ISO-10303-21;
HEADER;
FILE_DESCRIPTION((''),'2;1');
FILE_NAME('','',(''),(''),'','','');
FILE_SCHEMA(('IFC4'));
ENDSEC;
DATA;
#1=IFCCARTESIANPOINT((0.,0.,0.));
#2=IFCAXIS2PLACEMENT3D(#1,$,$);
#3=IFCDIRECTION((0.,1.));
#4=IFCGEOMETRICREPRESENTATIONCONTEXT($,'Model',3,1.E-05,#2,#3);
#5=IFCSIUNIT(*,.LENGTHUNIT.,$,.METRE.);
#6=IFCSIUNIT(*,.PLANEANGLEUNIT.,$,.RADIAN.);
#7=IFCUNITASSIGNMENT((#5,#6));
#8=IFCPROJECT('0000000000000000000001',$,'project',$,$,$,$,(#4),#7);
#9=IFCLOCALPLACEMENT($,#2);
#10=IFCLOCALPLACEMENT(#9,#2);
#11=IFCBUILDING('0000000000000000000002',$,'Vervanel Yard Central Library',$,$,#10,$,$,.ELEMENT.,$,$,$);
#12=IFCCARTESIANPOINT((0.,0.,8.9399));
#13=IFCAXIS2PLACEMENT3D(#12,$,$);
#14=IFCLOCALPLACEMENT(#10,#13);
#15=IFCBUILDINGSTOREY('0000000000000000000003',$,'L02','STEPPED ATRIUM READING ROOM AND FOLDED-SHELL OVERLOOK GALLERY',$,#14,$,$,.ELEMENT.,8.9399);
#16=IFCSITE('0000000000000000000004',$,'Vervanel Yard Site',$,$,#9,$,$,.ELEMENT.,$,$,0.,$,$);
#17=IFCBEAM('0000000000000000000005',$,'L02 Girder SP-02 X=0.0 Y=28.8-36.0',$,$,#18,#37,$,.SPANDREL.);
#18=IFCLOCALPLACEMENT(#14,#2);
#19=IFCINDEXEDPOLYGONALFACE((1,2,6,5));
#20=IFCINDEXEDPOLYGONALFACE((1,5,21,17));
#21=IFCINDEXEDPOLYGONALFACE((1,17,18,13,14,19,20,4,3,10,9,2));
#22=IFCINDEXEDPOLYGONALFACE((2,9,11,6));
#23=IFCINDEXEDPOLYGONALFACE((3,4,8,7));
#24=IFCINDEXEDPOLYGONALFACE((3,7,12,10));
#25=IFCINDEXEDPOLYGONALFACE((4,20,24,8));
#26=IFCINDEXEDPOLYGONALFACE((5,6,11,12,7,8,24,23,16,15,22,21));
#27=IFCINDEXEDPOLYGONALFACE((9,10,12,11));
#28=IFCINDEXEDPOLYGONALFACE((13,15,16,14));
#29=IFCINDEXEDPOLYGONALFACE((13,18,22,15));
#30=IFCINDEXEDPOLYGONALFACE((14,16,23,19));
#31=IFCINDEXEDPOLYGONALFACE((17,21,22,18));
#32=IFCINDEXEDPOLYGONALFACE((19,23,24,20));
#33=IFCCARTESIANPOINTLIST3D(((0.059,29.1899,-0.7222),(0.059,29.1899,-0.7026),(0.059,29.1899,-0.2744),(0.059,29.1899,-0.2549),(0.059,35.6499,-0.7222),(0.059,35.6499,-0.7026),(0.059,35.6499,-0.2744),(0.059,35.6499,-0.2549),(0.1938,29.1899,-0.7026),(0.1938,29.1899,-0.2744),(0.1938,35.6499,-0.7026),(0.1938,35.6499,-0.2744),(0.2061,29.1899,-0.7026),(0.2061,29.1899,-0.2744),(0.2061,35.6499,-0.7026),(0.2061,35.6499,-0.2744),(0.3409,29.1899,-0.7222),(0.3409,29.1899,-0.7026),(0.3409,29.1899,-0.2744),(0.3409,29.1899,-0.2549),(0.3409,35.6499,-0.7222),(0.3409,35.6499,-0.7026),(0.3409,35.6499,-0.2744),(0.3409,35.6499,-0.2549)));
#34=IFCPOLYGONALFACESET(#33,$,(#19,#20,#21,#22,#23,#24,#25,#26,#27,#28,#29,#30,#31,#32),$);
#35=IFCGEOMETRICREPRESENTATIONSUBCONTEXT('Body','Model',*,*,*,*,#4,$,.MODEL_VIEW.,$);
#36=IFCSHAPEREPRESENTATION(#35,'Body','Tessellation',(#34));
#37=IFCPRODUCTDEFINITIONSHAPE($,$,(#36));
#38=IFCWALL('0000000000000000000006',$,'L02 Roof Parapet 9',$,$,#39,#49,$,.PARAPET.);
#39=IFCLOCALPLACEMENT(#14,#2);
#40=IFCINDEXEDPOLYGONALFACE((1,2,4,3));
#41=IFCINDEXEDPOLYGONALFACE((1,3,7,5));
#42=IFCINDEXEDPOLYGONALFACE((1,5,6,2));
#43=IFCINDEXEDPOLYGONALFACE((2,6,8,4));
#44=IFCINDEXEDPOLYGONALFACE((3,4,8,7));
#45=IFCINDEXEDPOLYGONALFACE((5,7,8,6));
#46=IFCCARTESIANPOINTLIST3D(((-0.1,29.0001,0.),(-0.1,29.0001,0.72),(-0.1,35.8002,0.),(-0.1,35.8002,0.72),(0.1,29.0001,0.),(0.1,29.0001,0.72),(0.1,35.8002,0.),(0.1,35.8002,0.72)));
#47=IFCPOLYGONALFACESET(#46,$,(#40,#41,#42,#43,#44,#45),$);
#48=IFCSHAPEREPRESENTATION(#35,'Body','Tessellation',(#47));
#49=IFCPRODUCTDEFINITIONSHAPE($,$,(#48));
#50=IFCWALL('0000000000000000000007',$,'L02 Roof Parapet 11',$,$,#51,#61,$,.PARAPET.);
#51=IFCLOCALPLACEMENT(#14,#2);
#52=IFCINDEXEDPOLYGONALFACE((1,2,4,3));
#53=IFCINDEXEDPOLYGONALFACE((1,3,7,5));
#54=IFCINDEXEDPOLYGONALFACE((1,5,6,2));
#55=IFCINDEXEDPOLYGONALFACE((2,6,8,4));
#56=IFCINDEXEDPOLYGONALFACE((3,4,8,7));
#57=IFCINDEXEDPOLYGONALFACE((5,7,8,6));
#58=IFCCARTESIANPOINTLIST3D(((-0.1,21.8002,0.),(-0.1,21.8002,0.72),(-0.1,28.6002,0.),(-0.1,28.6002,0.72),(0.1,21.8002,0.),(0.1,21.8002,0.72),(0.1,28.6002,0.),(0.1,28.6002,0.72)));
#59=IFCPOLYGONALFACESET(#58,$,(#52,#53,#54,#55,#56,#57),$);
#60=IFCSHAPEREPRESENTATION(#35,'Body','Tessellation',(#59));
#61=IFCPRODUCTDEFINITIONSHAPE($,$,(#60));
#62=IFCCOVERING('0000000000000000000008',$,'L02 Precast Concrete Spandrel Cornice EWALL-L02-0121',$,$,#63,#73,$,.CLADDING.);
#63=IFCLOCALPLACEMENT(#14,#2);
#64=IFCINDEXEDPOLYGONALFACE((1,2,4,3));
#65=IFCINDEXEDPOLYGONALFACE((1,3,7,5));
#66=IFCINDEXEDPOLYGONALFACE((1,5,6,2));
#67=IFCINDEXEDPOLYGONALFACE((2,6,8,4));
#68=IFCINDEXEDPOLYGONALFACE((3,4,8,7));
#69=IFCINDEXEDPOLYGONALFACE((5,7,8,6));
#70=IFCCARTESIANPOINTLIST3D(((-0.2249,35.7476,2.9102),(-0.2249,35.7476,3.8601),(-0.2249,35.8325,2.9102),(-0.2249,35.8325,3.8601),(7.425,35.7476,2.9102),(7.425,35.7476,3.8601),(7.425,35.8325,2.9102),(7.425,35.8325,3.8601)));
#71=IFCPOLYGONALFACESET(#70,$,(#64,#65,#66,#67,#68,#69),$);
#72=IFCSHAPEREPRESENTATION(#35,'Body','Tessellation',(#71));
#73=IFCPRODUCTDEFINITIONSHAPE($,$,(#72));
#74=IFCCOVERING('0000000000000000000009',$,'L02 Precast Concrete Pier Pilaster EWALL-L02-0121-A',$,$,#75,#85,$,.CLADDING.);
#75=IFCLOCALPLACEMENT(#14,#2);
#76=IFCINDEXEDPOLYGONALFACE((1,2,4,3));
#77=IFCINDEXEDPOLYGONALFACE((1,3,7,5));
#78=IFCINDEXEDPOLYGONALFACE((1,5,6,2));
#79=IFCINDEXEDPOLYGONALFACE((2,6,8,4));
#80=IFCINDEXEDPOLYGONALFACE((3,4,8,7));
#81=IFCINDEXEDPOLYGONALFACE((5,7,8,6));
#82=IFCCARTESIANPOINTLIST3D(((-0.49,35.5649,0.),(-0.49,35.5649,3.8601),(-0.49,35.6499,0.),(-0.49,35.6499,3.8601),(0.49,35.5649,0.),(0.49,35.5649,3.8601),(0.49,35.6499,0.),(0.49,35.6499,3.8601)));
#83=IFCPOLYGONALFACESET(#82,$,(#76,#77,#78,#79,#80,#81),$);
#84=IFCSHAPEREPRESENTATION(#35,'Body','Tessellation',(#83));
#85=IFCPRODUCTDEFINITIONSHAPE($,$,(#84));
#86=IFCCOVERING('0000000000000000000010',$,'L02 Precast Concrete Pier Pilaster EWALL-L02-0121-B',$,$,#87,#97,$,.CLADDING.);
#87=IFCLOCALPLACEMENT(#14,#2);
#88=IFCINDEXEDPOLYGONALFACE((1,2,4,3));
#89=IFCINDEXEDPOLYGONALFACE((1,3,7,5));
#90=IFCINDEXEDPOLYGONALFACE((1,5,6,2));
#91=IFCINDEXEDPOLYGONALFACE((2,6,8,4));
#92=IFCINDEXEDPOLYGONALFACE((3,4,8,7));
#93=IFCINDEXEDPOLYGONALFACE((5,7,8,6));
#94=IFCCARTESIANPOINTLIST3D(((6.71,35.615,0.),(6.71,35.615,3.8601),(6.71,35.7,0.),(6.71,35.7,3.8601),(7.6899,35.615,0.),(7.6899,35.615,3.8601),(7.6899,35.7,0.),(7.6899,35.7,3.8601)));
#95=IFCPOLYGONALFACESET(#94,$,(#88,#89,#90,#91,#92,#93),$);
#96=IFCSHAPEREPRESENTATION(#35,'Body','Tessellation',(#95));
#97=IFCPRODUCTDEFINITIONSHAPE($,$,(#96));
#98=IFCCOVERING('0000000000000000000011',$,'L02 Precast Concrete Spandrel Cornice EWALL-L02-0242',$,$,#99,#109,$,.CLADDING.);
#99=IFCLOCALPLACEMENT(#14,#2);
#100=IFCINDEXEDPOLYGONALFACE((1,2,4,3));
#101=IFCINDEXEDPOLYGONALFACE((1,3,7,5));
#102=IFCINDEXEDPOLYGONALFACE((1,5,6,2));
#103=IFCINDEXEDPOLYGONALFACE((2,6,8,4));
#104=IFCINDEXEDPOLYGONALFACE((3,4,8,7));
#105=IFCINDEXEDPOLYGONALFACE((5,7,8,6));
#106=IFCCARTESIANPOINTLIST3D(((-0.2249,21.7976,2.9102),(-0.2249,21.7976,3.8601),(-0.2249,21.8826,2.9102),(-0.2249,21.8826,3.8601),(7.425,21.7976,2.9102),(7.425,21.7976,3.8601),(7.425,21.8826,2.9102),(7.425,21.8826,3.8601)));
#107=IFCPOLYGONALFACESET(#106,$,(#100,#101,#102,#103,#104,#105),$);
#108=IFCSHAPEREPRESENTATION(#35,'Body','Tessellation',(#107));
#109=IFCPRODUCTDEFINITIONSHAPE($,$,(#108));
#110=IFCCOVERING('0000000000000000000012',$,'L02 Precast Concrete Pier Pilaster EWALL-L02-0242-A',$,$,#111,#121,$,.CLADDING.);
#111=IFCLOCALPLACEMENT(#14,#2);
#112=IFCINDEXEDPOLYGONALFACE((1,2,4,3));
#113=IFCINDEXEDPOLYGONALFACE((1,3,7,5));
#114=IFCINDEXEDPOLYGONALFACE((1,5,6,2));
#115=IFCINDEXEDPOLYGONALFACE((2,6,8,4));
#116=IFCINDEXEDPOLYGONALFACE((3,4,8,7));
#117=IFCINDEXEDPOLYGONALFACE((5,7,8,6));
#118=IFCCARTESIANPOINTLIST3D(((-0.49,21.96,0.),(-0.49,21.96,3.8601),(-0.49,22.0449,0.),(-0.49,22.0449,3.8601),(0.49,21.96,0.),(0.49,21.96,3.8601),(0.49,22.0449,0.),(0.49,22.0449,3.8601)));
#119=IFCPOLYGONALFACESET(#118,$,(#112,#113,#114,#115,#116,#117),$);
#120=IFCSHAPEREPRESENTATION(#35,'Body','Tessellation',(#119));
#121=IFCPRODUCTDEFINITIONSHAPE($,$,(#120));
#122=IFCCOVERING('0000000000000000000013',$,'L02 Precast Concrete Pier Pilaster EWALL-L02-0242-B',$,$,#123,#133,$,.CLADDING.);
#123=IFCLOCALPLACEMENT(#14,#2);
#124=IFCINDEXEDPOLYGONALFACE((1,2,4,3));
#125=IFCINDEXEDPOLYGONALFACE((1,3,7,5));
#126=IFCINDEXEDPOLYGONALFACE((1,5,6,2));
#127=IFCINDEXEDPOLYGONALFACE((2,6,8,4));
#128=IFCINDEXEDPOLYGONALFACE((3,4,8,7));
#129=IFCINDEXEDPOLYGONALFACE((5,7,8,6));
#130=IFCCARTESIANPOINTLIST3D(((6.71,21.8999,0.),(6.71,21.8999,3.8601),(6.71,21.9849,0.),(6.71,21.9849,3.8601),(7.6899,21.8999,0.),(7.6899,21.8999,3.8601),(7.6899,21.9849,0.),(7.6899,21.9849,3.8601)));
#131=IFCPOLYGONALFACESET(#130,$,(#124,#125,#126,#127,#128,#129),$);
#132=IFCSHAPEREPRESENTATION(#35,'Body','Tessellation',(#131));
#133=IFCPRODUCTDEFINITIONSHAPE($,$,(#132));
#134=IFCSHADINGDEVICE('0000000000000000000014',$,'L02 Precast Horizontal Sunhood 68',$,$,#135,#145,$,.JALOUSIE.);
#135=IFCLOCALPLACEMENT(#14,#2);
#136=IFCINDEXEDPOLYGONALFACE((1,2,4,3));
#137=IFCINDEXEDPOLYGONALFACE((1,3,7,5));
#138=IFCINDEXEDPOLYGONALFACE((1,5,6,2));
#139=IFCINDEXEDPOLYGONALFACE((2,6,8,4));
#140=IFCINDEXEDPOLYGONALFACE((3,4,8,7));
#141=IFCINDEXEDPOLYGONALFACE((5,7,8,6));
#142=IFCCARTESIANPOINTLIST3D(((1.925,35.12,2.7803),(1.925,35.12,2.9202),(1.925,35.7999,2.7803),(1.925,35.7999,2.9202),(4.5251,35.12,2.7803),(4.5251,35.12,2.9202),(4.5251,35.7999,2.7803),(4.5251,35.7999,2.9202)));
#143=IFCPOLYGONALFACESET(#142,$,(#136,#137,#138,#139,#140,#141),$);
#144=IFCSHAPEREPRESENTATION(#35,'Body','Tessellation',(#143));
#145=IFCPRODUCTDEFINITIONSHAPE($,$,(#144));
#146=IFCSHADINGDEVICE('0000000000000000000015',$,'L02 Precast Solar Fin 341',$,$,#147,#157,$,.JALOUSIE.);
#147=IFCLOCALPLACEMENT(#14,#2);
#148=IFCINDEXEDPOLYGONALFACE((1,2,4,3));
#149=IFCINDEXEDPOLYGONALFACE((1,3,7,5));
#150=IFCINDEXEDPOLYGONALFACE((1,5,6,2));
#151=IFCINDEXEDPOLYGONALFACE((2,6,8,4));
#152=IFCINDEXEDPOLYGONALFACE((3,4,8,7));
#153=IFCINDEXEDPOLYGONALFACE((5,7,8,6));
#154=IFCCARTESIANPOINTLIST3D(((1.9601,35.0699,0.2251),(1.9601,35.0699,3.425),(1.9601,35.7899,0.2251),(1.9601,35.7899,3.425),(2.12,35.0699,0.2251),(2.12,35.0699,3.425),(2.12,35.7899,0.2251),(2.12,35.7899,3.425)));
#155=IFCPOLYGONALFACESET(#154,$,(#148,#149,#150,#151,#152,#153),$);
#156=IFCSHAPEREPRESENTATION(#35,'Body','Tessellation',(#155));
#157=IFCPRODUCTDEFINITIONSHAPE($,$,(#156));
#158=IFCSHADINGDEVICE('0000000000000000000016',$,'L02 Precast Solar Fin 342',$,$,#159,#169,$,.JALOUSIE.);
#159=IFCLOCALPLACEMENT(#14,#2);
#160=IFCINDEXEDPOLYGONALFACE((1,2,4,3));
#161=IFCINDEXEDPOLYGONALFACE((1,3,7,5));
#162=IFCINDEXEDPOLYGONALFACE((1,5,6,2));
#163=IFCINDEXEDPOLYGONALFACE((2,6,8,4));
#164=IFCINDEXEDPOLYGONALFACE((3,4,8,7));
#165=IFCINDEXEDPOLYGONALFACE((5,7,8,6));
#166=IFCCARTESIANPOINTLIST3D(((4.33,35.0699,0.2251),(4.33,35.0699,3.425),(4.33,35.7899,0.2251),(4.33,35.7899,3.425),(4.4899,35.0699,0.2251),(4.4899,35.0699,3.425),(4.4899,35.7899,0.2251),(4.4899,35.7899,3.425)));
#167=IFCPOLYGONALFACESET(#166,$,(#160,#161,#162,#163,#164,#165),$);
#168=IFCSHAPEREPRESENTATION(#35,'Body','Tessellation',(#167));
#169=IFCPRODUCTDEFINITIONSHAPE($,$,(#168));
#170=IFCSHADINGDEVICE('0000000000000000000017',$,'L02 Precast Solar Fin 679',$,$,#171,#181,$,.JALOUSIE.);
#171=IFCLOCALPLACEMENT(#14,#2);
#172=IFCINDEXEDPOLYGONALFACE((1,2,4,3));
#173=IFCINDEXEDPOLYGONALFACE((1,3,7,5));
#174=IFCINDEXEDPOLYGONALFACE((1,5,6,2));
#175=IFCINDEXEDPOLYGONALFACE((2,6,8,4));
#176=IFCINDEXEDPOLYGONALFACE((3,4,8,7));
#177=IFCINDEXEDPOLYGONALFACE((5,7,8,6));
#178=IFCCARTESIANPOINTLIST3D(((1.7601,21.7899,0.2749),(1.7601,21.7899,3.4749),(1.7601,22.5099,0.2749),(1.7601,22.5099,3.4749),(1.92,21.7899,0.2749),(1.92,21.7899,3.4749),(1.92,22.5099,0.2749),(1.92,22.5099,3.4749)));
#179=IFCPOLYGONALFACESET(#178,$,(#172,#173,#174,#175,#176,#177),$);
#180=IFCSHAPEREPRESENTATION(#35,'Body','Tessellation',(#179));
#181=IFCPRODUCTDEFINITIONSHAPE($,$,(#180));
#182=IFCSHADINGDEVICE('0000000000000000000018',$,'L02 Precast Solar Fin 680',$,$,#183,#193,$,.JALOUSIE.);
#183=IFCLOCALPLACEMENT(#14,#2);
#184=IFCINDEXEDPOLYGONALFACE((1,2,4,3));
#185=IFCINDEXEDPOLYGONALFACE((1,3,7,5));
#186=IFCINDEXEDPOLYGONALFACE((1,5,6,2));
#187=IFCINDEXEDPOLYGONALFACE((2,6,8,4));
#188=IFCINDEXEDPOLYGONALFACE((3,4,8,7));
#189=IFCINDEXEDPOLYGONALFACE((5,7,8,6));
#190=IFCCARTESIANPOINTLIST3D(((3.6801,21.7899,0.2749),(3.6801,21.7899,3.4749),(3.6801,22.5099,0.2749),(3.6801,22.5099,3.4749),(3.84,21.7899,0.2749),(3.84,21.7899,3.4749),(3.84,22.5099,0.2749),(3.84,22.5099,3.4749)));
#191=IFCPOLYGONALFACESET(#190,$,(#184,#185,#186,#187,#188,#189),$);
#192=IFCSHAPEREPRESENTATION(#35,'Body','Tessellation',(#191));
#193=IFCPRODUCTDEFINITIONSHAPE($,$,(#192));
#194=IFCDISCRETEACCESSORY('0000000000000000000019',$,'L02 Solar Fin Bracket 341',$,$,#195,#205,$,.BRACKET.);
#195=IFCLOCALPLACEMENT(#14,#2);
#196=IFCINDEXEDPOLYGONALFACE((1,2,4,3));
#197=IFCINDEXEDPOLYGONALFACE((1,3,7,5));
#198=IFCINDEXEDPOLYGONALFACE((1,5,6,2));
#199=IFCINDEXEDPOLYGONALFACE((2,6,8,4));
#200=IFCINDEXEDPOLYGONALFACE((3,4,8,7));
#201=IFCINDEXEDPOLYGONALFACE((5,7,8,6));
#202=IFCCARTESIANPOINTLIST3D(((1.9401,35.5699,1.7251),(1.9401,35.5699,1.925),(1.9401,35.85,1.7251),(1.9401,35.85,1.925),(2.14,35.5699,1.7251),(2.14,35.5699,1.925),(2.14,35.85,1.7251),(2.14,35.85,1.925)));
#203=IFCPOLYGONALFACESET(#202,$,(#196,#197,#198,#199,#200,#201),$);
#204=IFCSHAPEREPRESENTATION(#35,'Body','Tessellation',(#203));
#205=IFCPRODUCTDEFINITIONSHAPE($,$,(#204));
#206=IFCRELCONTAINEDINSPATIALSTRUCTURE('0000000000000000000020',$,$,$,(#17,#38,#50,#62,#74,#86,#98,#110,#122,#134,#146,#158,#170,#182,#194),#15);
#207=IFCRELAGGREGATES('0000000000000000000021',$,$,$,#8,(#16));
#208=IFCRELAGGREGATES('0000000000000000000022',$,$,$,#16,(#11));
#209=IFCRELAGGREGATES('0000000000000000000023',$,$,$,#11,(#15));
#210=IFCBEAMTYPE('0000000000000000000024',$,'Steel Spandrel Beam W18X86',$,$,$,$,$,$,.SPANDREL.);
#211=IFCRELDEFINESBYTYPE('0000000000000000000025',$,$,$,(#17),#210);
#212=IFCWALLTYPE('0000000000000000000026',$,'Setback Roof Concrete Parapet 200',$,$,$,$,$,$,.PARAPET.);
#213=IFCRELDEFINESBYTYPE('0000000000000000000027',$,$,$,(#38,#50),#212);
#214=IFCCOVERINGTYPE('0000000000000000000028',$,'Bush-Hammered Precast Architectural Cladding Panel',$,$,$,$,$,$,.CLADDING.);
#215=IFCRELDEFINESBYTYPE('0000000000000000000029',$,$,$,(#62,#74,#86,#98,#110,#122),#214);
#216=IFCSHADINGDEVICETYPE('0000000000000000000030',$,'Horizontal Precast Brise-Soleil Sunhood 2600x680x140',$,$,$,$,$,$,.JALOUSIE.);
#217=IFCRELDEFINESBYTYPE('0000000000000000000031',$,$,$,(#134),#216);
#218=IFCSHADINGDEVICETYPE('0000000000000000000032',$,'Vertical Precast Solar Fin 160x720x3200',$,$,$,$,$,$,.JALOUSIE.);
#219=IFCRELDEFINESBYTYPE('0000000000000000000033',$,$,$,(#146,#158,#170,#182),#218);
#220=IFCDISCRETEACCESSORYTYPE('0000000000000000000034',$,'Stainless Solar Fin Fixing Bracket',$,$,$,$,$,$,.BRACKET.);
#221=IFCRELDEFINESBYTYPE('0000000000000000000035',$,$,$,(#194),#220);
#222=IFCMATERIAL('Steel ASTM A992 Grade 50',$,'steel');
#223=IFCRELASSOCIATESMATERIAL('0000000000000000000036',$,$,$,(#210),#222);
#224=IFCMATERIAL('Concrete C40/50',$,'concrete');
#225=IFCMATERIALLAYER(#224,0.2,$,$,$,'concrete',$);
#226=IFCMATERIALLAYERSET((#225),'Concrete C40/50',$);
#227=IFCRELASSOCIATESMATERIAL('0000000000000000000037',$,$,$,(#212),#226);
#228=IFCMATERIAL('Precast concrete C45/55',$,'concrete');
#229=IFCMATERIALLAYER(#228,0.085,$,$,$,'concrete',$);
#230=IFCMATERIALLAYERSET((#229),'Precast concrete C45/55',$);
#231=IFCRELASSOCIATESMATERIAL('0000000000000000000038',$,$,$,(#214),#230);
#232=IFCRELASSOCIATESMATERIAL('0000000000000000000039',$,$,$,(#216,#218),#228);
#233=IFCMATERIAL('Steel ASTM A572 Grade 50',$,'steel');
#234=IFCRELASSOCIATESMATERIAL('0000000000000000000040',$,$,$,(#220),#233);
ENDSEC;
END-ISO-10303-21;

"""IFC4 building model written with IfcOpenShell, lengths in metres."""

from ifc_helpers import new_model, si_unit, direction, frame, frame_2d, origin, origin_2d, place, context, subcontext, project, spatial, rectangle, i_section, extrude, material, layer, layer_set, material_profile, profile_set, type_object, element, save


model = new_model("IFC4")

# Units and contexts
model_context = context("Model", 3, precision=1e-05, world=origin(), true_north=direction((0.0, 1.0)))
body_context = subcontext(model_context, "Body", "Model", "MODEL_VIEW")
ifc_project = project(units=[si_unit("LENGTHUNIT", "METRE"), si_unit("PLANEANGLEUNIT", "RADIAN")], contexts=[model_context])

# Site, building, storey
site_placement = place(None, origin())
site = spatial("IfcSite", under=ifc_project, at=site_placement, Name="Vervanel Yard Site", CompositionType="ELEMENT", RefElevation=0.0)
building_placement = place(site_placement, origin())
building = spatial("IfcBuilding", under=site, at=building_placement, Name="Vervanel Yard Central Library", CompositionType="ELEMENT")
storey_placement = place(building_placement, frame((0.0, 0.0, 8.9399)))
storey = spatial("IfcBuildingStorey", under=building, at=storey_placement, Name="L02", Description="STEPPED ATRIUM READING ROOM AND FOLDED-SHELL OVERLOOK GALLERY", CompositionType="ELEMENT", Elevation=8.9399)

# Beam
ifc_material_1 = material(Name="Concrete C40/50", Category="concrete")
ifc_material_2 = material(Name="Steel ASTM A992 Grade 50", Category="steel")
ifc_material_profile_1 = material_profile(ifc_material_2, i_section(OverallWidth=0.282, OverallDepth=0.4673, WebThickness=0.0122, FlangeThickness=0.0195, at=origin_2d()), Name="W18X86", Category="steel")
ifc_profile_set_1 = profile_set([ifc_material_profile_1], Name="Steel ASTM A992 Grade 50")
beam_type_1 = type_object("IfcBeamType", Name="Steel Spandrel Beam W18X86", PredefinedType="SPANDREL", material=ifc_profile_set_1)
beam_1_placement = place(storey_placement, frame((0.2, 29.1899, -0.4885), z_axis=(0.0, 1.0, 0.0), x_axis=(-1.0, 0.0, 0.0)))
element("IfcBeam", 1, at=beam_1_placement, inside=storey, type_object=beam_type_1, Name="L02 Girder SP-02 X=0.0 Y=28.8-36.0", PredefinedType="SPANDREL", context=body_context, shape_type="SweptSolid", body=[
    extrude(i_section(OverallWidth=0.282, OverallDepth=0.4673, WebThickness=0.0122, FlangeThickness=0.0195, at=origin_2d()), origin(), (0.0, 0.0, 1.0), 6.46),
])

# Walls
ifc_layer_1 = layer(ifc_material_1, 0.2, Category="concrete")
ifc_layer_set_1 = layer_set([ifc_layer_1], Name="Concrete C40/50")
wall_type = type_object("IfcWallType", Name="Setback Roof Concrete Parapet 200", PredefinedType="PARAPET", material=ifc_layer_set_1)
for number, where, z_axis, x_axis, name in (
    (2, (0.0, 35.8, 0.0), (0.0, 0.0, 1.0), (0.0, -1.0, 0.0), "L02 Roof Parapet 9"),
    (3, (0.0, 28.6001, 0.0), (0.0, 0.0, 1.0), (0.0, -1.0, 0.0), "L02 Roof Parapet 11"),
):
    element("IfcWall", number, at=place(storey_placement, frame(where, z_axis=z_axis, x_axis=x_axis)), inside=storey, type_object=wall_type, Name=name, PredefinedType="PARAPET", context=body_context, shape_type="SweptSolid", body=[
        extrude(rectangle(XDim=6.8, YDim=0.2, at=frame_2d((3.3999, 0.0))), origin(), (0.0, 0.0, 1.0), 0.72),
    ])

# Coverings
ifc_material_3 = material(Name="Precast concrete C45/55", Category="concrete")
ifc_layer_2 = layer(ifc_material_3, 0.085, Category="concrete")
ifc_layer_set_2 = layer_set([ifc_layer_2], Name="Precast concrete C45/55")
covering_type = type_object("IfcCoveringType", Name="Bush-Hammered Precast Architectural Cladding Panel", PredefinedType="CLADDING", material=ifc_layer_set_2)
covering_1_placement = place(storey_placement, frame((3.6001, 35.79, 2.9102), z_axis=(0.0, 0.0, 1.0), x_axis=(1.0, 0.0, 0.0)))
element("IfcCovering", 4, at=covering_1_placement, inside=storey, type_object=covering_type, Name="L02 Precast Concrete Spandrel Cornice EWALL-L02-0121", PredefinedType="CLADDING", context=body_context, shape_type="SweptSolid", body=[
    extrude(rectangle(XDim=7.6499, YDim=0.085, at=origin_2d()), origin(), (0.0, 0.0, 1.0), 0.95),
])
for number, where, z_axis, x_axis, name in (
    (5, (0.0, 35.6074, 0.0), (0.0, 0.0, 1.0), (1.0, 0.0, 0.0), "L02 Precast Concrete Pier Pilaster EWALL-L02-0121-A"),
    (6, (7.2, 35.6575, 0.0), (0.0, 0.0, 1.0), (1.0, 0.0, 0.0), "L02 Precast Concrete Pier Pilaster EWALL-L02-0121-B"),
):
    element("IfcCovering", number, at=place(storey_placement, frame(where, z_axis=z_axis, x_axis=x_axis)), inside=storey, type_object=covering_type, Name=name, PredefinedType="CLADDING", context=body_context, shape_type="SweptSolid", body=[
        extrude(rectangle(XDim=0.98, YDim=0.085, at=origin_2d()), origin(), (0.0, 0.0, 1.0), 3.8601),
    ])
covering_2_placement = place(storey_placement, frame((3.6001, 21.8401, 2.9102), z_axis=(0.0, 0.0, 1.0), x_axis=(1.0, 0.0, 0.0)))
element("IfcCovering", 7, at=covering_2_placement, inside=storey, type_object=covering_type, Name="L02 Precast Concrete Spandrel Cornice EWALL-L02-0242", PredefinedType="CLADDING", context=body_context, shape_type="SweptSolid", body=[
    extrude(rectangle(XDim=7.6499, YDim=0.085, at=origin_2d()), origin(), (0.0, 0.0, 1.0), 0.95),
])
for number, where, z_axis, x_axis, name in (
    (8, (0.0, 22.0024, 0.0), (0.0, 0.0, 1.0), (1.0, 0.0, 0.0), "L02 Precast Concrete Pier Pilaster EWALL-L02-0242-A"),
    (9, (7.2, 21.9424, 0.0), (0.0, 0.0, 1.0), (1.0, 0.0, 0.0), "L02 Precast Concrete Pier Pilaster EWALL-L02-0242-B"),
):
    element("IfcCovering", number, at=place(storey_placement, frame(where, z_axis=z_axis, x_axis=x_axis)), inside=storey, type_object=covering_type, Name=name, PredefinedType="CLADDING", context=body_context, shape_type="SweptSolid", body=[
        extrude(rectangle(XDim=0.98, YDim=0.085, at=origin_2d()), origin(), (0.0, 0.0, 1.0), 3.8601),
    ])

# Shading devices
shading_device_type_1 = type_object("IfcShadingDeviceType", Name="Horizontal Precast Brise-Soleil Sunhood 2600x680x140", PredefinedType="JALOUSIE", material=ifc_material_3)
shading_device_placement = place(storey_placement, frame((3.2251, 35.46, 2.7803), z_axis=(0.0, 0.0, 1.0), x_axis=(1.0, 0.0, 0.0)))
element("IfcShadingDevice", 10, at=shading_device_placement, inside=storey, type_object=shading_device_type_1, Name="L02 Precast Horizontal Sunhood 68", PredefinedType="JALOUSIE", context=body_context, shape_type="SweptSolid", body=[
    extrude(rectangle(XDim=2.6001, YDim=0.6799, at=origin_2d()), origin(), (0.0, 0.0, 1.0), 0.1399),
])
shading_device_type_2 = type_object("IfcShadingDeviceType", Name="Vertical Precast Solar Fin 160x720x3200", PredefinedType="JALOUSIE", material=ifc_material_3)
for number, where, z_axis, x_axis, name in (
    (11, (2.04, 35.4299, 0.2251), (0.0, 0.0, 1.0), (1.0, 0.0, 0.0), "L02 Precast Solar Fin 341"),
    (12, (4.4099, 35.4299, 0.2251), (0.0, 0.0, 1.0), (1.0, 0.0, 0.0), "L02 Precast Solar Fin 342"),
    (13, (1.8401, 22.1499, 0.2749), (0.0, 0.0, 1.0), (1.0, 0.0, 0.0), "L02 Precast Solar Fin 679"),
    (14, (3.76, 22.1499, 0.2749), (0.0, 0.0, 1.0), (1.0, 0.0, 0.0), "L02 Precast Solar Fin 680"),
):
    element("IfcShadingDevice", number, at=place(storey_placement, frame(where, z_axis=z_axis, x_axis=x_axis)), inside=storey, type_object=shading_device_type_2, Name=name, PredefinedType="JALOUSIE", context=body_context, shape_type="SweptSolid", body=[
        extrude(rectangle(XDim=0.1599, YDim=0.72, at=origin_2d()), origin(), (0.0, 0.0, 1.0), 3.2),
    ])

# Discrete accessory
ifc_material_4 = material(Name="Steel ASTM A572 Grade 50", Category="steel")
discrete_accessory_type = type_object("IfcDiscreteAccessoryType", Name="Stainless Solar Fin Fixing Bracket", PredefinedType="BRACKET", material=ifc_material_4)
for number, where, z_axis, x_axis, name in (
    (15, (2.04, 35.71, 1.7251), (0.0, 0.0, 1.0), (1.0, 0.0, 0.0), "L02 Solar Fin Bracket 341"),
):
    element("IfcDiscreteAccessory", number, at=place(storey_placement, frame(where, z_axis=z_axis, x_axis=x_axis)), inside=storey, type_object=discrete_accessory_type, Name=name, PredefinedType="BRACKET", context=body_context, shape_type="SweptSolid", body=[
        extrude(rectangle(XDim=0.2, YDim=0.28, at=origin_2d()), origin(), (0.0, 0.0, 1.0), 0.2),
    ])

save(model, "model.ifc")
